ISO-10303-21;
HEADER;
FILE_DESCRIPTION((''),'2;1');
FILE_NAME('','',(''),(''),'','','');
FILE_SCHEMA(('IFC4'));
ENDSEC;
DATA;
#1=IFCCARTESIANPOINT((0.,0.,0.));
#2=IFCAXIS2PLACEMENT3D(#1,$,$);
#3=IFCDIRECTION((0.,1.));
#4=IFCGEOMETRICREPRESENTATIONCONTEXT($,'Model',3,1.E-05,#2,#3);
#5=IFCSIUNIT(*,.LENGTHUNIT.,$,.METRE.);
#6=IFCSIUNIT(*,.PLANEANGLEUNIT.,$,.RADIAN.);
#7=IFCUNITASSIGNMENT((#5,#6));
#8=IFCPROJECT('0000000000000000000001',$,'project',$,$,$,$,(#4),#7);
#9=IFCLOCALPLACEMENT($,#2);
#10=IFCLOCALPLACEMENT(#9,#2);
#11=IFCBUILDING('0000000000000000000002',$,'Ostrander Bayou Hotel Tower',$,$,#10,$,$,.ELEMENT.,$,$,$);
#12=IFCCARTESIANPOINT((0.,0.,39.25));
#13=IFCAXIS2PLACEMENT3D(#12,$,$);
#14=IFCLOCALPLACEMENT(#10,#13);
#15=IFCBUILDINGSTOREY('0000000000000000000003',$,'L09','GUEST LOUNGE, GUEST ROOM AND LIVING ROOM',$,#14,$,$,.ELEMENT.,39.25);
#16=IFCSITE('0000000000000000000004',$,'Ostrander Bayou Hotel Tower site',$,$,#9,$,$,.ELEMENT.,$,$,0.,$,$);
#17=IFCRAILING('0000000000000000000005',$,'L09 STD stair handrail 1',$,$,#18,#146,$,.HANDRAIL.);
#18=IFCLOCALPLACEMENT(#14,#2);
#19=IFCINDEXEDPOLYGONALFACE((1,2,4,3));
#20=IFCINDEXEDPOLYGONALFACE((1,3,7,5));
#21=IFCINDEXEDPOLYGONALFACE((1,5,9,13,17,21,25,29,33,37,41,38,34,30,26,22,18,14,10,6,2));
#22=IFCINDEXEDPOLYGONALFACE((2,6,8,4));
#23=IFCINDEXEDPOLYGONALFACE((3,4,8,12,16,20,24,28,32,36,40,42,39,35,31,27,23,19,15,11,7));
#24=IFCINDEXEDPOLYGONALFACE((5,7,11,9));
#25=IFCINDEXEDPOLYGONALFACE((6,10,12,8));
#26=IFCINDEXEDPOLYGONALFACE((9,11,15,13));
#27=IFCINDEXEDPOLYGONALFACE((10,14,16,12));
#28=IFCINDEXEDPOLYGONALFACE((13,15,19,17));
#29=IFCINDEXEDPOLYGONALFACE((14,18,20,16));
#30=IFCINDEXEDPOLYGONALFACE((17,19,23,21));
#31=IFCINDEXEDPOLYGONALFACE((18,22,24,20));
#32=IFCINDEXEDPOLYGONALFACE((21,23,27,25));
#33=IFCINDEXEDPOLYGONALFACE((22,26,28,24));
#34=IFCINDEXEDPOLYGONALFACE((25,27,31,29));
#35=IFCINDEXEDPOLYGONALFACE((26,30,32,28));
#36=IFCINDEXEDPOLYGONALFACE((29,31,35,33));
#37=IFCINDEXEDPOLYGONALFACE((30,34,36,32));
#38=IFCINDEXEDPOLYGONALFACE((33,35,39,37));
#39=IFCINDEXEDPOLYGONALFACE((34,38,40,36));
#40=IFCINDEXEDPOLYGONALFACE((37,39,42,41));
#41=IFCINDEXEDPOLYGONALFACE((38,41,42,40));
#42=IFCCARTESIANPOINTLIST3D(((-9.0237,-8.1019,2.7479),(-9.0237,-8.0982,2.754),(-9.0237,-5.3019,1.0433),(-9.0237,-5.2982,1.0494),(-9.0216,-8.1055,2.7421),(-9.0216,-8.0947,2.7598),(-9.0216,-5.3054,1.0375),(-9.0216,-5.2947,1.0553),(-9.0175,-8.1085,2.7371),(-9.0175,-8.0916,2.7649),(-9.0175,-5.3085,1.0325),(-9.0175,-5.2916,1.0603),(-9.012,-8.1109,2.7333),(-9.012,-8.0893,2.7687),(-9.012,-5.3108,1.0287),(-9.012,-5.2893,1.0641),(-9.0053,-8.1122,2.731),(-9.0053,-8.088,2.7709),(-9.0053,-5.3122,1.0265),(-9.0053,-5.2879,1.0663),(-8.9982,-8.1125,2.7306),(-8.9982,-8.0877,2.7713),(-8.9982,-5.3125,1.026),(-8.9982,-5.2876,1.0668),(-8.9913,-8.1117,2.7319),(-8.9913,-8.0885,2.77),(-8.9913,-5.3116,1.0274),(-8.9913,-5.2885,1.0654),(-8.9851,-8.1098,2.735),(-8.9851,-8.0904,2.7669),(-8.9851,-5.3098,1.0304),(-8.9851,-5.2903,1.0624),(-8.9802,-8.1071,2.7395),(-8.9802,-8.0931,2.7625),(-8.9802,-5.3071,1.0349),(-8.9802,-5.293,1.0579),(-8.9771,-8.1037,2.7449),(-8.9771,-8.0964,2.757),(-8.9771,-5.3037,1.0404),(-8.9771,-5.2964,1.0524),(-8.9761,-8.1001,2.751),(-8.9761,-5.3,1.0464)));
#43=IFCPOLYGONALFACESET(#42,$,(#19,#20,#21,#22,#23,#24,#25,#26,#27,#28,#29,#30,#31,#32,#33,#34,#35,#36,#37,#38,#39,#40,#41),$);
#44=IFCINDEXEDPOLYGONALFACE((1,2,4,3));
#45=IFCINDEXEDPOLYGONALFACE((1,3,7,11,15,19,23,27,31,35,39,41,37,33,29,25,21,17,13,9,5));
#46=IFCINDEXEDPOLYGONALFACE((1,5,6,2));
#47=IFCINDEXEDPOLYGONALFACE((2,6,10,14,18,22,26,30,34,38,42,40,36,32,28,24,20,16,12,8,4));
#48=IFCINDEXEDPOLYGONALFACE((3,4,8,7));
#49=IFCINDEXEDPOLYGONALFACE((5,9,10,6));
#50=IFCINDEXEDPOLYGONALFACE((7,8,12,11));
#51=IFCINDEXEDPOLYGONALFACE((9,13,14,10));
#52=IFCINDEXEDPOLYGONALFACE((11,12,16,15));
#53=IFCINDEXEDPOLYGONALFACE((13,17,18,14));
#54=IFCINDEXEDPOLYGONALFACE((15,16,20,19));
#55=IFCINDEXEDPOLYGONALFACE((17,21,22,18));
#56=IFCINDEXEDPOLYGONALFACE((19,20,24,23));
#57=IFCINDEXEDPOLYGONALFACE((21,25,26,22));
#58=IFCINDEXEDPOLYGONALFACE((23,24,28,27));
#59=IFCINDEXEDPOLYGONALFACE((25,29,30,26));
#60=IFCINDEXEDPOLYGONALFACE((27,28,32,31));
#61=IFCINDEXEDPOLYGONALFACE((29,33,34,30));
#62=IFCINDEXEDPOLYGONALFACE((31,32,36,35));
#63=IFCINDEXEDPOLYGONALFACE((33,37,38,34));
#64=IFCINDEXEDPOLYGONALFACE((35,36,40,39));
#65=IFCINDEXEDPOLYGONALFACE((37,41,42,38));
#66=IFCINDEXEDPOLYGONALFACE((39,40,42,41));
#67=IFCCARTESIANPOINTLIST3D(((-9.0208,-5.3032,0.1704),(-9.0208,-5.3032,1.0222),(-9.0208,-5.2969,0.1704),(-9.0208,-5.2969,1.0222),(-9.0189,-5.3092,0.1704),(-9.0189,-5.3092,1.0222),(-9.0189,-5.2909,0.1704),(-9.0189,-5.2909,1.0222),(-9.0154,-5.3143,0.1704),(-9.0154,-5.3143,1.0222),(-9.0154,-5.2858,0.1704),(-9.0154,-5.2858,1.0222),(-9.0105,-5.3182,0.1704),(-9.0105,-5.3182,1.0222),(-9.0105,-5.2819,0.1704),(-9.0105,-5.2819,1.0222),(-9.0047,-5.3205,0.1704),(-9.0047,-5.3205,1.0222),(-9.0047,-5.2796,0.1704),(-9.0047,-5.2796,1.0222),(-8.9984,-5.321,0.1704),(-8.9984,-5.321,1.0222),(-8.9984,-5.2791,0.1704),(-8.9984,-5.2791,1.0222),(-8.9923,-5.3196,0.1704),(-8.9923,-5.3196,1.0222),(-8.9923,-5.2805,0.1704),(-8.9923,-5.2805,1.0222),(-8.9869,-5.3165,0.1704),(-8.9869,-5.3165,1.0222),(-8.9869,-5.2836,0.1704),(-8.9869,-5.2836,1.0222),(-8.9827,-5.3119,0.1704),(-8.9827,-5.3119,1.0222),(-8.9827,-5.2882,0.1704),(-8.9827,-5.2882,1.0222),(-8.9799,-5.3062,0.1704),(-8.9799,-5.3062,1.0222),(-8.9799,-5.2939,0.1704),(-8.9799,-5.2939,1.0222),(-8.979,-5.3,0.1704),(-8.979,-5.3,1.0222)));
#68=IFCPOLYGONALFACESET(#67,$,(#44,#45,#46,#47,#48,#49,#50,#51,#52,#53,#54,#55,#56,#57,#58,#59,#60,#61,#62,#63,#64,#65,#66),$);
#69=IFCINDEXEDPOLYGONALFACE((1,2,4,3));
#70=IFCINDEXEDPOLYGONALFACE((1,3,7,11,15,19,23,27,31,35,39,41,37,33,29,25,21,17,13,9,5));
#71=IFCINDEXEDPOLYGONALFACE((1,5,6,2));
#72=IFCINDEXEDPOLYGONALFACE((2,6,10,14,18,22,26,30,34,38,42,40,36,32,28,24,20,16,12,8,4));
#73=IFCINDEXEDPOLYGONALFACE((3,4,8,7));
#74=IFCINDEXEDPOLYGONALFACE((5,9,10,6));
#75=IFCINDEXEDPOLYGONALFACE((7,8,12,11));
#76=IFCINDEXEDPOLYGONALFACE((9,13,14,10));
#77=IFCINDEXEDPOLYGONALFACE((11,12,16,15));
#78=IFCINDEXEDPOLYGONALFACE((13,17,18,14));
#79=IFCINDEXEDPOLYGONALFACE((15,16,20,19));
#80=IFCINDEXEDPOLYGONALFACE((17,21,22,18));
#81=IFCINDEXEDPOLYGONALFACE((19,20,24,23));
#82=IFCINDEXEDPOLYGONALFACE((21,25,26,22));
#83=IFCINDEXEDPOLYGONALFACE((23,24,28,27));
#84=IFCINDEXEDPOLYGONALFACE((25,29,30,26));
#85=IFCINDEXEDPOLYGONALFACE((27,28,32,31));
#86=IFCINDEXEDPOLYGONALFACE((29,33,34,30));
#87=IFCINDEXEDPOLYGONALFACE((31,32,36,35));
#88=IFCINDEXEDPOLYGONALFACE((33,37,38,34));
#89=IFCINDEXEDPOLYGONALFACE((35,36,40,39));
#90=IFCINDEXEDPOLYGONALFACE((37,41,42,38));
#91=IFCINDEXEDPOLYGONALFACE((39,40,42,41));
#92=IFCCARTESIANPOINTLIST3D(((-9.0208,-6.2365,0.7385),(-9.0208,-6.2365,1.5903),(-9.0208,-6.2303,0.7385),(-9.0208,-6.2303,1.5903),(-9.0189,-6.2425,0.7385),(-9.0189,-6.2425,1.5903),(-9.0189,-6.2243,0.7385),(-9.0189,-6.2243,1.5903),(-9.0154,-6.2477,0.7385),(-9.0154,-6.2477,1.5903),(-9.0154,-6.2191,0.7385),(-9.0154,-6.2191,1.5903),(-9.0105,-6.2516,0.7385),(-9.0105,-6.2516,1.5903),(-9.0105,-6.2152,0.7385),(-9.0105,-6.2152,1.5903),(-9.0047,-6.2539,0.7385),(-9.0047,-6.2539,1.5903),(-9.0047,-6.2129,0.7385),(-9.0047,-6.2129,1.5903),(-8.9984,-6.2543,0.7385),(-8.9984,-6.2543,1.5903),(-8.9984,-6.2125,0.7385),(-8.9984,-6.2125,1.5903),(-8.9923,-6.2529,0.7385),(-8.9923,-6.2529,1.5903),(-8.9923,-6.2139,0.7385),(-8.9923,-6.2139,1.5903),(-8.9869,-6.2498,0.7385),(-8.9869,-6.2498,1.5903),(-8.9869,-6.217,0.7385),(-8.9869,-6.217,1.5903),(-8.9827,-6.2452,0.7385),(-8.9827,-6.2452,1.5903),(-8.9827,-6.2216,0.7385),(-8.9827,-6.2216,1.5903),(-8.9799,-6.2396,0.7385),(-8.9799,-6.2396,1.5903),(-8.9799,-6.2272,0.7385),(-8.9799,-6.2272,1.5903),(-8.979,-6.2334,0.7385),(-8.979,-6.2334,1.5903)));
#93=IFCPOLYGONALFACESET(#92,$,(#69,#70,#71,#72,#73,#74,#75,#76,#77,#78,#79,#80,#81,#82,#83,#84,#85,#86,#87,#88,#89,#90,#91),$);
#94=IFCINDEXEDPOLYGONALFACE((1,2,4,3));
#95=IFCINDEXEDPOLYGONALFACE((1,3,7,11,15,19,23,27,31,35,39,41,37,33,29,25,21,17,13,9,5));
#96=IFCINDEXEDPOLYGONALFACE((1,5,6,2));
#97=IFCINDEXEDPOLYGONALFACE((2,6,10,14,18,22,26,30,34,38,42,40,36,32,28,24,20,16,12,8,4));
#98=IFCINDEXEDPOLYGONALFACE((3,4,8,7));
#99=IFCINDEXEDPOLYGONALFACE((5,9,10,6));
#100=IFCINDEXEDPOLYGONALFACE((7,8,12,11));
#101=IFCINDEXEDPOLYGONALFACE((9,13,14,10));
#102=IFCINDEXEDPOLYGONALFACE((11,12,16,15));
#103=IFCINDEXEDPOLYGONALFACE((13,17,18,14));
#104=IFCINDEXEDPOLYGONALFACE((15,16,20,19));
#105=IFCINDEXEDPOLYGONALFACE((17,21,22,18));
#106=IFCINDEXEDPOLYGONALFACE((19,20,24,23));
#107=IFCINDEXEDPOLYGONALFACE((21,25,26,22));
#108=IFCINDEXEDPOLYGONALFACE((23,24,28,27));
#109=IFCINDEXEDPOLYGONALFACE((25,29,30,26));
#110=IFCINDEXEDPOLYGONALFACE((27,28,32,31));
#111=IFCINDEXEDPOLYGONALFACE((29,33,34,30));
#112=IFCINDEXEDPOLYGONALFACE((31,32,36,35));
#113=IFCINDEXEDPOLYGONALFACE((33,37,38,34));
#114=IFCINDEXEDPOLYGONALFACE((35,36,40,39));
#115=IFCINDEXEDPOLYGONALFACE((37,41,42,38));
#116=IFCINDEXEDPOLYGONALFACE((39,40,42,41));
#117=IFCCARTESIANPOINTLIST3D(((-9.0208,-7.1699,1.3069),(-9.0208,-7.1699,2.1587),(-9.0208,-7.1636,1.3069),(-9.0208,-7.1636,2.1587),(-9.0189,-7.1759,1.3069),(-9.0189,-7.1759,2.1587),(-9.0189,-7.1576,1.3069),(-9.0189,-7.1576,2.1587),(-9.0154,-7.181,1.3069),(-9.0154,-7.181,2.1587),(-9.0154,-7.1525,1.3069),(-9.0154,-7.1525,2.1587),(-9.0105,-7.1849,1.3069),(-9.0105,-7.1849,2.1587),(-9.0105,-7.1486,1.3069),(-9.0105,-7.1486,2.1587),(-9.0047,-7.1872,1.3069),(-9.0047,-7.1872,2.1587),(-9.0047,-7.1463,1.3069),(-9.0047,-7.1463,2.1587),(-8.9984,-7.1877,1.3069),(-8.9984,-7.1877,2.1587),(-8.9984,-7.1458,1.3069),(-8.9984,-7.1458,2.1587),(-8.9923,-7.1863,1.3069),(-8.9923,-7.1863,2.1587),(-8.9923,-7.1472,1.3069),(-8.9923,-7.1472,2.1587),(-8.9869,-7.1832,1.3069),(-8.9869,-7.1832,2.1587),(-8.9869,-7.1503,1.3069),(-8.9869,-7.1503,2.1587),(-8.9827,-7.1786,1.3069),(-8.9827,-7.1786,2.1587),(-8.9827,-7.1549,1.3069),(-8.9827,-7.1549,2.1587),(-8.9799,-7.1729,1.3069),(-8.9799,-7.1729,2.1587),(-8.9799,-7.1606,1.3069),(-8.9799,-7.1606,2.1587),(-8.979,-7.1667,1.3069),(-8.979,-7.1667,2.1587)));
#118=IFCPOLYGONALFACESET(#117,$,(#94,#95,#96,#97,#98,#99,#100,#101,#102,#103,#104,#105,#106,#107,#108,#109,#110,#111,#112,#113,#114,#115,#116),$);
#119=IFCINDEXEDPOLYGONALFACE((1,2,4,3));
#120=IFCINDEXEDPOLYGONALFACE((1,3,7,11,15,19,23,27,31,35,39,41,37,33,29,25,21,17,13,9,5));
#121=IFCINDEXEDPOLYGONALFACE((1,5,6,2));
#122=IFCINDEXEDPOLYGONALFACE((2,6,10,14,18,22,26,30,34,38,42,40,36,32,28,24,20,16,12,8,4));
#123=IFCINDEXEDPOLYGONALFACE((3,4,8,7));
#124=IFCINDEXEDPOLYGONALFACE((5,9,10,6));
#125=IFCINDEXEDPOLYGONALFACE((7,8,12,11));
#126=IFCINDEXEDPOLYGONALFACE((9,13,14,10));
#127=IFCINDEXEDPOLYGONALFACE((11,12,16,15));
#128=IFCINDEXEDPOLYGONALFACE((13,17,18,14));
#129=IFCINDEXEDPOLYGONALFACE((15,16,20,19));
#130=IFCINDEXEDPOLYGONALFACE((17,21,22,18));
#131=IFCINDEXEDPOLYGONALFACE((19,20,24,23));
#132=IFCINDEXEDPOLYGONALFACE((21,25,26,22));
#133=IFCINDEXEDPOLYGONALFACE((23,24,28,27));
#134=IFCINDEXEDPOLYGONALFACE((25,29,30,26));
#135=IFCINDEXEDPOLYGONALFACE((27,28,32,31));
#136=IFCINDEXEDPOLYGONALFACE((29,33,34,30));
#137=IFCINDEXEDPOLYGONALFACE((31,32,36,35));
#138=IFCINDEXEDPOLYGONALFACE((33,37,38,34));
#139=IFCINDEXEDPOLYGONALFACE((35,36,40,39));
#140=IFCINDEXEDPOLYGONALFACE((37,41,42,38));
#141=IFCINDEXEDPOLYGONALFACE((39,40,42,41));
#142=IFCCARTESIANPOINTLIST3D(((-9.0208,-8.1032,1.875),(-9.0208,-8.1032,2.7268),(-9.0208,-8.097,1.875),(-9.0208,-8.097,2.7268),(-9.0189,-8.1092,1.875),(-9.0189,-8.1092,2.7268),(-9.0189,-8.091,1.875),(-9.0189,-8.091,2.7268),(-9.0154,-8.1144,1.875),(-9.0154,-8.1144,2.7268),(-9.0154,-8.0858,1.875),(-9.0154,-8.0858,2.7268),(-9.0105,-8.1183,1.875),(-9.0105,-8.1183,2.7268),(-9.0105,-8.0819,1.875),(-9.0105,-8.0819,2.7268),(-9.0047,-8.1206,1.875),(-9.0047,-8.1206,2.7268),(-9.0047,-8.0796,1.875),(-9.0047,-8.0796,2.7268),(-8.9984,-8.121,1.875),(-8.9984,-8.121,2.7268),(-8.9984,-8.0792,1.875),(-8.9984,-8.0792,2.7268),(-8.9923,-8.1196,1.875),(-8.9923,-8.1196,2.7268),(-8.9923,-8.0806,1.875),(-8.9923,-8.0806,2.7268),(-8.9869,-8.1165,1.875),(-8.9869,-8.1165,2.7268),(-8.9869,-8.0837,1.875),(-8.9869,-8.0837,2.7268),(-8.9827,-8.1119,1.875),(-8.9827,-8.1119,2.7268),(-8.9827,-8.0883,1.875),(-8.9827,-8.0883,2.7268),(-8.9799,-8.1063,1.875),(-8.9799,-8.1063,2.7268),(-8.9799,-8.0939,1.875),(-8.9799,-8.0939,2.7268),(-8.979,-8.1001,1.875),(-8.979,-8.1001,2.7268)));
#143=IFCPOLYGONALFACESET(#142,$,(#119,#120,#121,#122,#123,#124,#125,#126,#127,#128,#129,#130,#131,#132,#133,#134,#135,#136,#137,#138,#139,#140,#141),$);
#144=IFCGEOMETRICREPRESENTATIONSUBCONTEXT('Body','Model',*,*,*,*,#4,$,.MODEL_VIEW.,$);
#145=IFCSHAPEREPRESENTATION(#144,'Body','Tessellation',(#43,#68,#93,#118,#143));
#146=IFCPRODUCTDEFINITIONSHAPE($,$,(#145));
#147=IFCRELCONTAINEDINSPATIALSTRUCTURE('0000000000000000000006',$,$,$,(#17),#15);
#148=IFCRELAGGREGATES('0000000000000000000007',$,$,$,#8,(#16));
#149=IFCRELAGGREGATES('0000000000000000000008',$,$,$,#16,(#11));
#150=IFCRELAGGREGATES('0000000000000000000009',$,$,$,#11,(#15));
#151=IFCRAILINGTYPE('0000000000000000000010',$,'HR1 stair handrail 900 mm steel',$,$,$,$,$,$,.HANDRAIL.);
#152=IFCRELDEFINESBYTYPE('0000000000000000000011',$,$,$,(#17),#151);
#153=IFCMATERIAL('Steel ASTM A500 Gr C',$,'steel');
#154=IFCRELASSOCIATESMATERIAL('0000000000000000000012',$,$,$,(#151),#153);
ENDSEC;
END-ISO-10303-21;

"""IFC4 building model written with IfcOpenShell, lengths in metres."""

from ifc_helpers import new_model, si_unit, direction, frame, origin, origin_2d, place, context, subcontext, project, spatial, circle, extrude, material, type_object, element, save


model = new_model("IFC4")

# Units and contexts
model_context = context("Model", 3, precision=1e-05, world=origin(), true_north=direction((0.0, 1.0)))
body_context = subcontext(model_context, "Body", "Model", "MODEL_VIEW")
ifc_project = project(units=[si_unit("LENGTHUNIT", "METRE"), si_unit("PLANEANGLEUNIT", "RADIAN")], contexts=[model_context])

# Site, building, storey
site_placement = place(None, origin())
site = spatial("IfcSite", under=ifc_project, at=site_placement, Name="Ostrander Bayou Hotel Tower site", CompositionType="ELEMENT", RefElevation=0.0)
building_placement = place(site_placement, origin())
building = spatial("IfcBuilding", under=site, at=building_placement, Name="Ostrander Bayou Hotel Tower", CompositionType="ELEMENT")
storey_placement = place(building_placement, frame((0.0, 0.0, 39.25)))
storey = spatial("IfcBuildingStorey", under=building, at=storey_placement, Name="L09", Description="GUEST LOUNGE, GUEST ROOM AND LIVING ROOM", CompositionType="ELEMENT", Elevation=39.25)

# Railing
ifc_material_1 = material(Name="Steel ASTM A500 Gr C", Category="steel")
railing_type_1 = type_object("IfcRailingType", Name="HR1 stair handrail 900 mm steel", PredefinedType="HANDRAIL", material=ifc_material_1)
railing_1_placement = place(storey_placement, frame((-9.0, -5.3, 0.1704)))
element("IfcRailing", 1, at=railing_1_placement, inside=storey, type_object=railing_type_1, Name="L09 STD stair handrail 1", PredefinedType="HANDRAIL", context=body_context, shape_type="SweptSolid", body=[
    extrude(circle(Radius=0.0239, at=origin_2d()), frame((0.0, 0.0, 0.876), z_axis=(0.0, -0.85417, 0.519994), x_axis=(1.0, 0.0, 0.0)), (0.0, 0.0, 1.0), 3.2781),
    extrude(circle(Radius=0.021, at=origin_2d()), origin(), (0.0, 0.0, 1.0), 0.8518),
    extrude(circle(Radius=0.021, at=origin_2d()), frame((0.0, -0.9333, 0.5681)), (0.0, 0.0, 1.0), 0.8518),
    extrude(circle(Radius=0.021, at=origin_2d()), frame((0.0, -1.8667, 1.1365)), (0.0, 0.0, 1.0), 0.8518),
    extrude(circle(Radius=0.021, at=origin_2d()), frame((0.0, -2.8, 1.7046)), (0.0, 0.0, 1.0), 0.8518),
])

save(model, "model.ifc")
